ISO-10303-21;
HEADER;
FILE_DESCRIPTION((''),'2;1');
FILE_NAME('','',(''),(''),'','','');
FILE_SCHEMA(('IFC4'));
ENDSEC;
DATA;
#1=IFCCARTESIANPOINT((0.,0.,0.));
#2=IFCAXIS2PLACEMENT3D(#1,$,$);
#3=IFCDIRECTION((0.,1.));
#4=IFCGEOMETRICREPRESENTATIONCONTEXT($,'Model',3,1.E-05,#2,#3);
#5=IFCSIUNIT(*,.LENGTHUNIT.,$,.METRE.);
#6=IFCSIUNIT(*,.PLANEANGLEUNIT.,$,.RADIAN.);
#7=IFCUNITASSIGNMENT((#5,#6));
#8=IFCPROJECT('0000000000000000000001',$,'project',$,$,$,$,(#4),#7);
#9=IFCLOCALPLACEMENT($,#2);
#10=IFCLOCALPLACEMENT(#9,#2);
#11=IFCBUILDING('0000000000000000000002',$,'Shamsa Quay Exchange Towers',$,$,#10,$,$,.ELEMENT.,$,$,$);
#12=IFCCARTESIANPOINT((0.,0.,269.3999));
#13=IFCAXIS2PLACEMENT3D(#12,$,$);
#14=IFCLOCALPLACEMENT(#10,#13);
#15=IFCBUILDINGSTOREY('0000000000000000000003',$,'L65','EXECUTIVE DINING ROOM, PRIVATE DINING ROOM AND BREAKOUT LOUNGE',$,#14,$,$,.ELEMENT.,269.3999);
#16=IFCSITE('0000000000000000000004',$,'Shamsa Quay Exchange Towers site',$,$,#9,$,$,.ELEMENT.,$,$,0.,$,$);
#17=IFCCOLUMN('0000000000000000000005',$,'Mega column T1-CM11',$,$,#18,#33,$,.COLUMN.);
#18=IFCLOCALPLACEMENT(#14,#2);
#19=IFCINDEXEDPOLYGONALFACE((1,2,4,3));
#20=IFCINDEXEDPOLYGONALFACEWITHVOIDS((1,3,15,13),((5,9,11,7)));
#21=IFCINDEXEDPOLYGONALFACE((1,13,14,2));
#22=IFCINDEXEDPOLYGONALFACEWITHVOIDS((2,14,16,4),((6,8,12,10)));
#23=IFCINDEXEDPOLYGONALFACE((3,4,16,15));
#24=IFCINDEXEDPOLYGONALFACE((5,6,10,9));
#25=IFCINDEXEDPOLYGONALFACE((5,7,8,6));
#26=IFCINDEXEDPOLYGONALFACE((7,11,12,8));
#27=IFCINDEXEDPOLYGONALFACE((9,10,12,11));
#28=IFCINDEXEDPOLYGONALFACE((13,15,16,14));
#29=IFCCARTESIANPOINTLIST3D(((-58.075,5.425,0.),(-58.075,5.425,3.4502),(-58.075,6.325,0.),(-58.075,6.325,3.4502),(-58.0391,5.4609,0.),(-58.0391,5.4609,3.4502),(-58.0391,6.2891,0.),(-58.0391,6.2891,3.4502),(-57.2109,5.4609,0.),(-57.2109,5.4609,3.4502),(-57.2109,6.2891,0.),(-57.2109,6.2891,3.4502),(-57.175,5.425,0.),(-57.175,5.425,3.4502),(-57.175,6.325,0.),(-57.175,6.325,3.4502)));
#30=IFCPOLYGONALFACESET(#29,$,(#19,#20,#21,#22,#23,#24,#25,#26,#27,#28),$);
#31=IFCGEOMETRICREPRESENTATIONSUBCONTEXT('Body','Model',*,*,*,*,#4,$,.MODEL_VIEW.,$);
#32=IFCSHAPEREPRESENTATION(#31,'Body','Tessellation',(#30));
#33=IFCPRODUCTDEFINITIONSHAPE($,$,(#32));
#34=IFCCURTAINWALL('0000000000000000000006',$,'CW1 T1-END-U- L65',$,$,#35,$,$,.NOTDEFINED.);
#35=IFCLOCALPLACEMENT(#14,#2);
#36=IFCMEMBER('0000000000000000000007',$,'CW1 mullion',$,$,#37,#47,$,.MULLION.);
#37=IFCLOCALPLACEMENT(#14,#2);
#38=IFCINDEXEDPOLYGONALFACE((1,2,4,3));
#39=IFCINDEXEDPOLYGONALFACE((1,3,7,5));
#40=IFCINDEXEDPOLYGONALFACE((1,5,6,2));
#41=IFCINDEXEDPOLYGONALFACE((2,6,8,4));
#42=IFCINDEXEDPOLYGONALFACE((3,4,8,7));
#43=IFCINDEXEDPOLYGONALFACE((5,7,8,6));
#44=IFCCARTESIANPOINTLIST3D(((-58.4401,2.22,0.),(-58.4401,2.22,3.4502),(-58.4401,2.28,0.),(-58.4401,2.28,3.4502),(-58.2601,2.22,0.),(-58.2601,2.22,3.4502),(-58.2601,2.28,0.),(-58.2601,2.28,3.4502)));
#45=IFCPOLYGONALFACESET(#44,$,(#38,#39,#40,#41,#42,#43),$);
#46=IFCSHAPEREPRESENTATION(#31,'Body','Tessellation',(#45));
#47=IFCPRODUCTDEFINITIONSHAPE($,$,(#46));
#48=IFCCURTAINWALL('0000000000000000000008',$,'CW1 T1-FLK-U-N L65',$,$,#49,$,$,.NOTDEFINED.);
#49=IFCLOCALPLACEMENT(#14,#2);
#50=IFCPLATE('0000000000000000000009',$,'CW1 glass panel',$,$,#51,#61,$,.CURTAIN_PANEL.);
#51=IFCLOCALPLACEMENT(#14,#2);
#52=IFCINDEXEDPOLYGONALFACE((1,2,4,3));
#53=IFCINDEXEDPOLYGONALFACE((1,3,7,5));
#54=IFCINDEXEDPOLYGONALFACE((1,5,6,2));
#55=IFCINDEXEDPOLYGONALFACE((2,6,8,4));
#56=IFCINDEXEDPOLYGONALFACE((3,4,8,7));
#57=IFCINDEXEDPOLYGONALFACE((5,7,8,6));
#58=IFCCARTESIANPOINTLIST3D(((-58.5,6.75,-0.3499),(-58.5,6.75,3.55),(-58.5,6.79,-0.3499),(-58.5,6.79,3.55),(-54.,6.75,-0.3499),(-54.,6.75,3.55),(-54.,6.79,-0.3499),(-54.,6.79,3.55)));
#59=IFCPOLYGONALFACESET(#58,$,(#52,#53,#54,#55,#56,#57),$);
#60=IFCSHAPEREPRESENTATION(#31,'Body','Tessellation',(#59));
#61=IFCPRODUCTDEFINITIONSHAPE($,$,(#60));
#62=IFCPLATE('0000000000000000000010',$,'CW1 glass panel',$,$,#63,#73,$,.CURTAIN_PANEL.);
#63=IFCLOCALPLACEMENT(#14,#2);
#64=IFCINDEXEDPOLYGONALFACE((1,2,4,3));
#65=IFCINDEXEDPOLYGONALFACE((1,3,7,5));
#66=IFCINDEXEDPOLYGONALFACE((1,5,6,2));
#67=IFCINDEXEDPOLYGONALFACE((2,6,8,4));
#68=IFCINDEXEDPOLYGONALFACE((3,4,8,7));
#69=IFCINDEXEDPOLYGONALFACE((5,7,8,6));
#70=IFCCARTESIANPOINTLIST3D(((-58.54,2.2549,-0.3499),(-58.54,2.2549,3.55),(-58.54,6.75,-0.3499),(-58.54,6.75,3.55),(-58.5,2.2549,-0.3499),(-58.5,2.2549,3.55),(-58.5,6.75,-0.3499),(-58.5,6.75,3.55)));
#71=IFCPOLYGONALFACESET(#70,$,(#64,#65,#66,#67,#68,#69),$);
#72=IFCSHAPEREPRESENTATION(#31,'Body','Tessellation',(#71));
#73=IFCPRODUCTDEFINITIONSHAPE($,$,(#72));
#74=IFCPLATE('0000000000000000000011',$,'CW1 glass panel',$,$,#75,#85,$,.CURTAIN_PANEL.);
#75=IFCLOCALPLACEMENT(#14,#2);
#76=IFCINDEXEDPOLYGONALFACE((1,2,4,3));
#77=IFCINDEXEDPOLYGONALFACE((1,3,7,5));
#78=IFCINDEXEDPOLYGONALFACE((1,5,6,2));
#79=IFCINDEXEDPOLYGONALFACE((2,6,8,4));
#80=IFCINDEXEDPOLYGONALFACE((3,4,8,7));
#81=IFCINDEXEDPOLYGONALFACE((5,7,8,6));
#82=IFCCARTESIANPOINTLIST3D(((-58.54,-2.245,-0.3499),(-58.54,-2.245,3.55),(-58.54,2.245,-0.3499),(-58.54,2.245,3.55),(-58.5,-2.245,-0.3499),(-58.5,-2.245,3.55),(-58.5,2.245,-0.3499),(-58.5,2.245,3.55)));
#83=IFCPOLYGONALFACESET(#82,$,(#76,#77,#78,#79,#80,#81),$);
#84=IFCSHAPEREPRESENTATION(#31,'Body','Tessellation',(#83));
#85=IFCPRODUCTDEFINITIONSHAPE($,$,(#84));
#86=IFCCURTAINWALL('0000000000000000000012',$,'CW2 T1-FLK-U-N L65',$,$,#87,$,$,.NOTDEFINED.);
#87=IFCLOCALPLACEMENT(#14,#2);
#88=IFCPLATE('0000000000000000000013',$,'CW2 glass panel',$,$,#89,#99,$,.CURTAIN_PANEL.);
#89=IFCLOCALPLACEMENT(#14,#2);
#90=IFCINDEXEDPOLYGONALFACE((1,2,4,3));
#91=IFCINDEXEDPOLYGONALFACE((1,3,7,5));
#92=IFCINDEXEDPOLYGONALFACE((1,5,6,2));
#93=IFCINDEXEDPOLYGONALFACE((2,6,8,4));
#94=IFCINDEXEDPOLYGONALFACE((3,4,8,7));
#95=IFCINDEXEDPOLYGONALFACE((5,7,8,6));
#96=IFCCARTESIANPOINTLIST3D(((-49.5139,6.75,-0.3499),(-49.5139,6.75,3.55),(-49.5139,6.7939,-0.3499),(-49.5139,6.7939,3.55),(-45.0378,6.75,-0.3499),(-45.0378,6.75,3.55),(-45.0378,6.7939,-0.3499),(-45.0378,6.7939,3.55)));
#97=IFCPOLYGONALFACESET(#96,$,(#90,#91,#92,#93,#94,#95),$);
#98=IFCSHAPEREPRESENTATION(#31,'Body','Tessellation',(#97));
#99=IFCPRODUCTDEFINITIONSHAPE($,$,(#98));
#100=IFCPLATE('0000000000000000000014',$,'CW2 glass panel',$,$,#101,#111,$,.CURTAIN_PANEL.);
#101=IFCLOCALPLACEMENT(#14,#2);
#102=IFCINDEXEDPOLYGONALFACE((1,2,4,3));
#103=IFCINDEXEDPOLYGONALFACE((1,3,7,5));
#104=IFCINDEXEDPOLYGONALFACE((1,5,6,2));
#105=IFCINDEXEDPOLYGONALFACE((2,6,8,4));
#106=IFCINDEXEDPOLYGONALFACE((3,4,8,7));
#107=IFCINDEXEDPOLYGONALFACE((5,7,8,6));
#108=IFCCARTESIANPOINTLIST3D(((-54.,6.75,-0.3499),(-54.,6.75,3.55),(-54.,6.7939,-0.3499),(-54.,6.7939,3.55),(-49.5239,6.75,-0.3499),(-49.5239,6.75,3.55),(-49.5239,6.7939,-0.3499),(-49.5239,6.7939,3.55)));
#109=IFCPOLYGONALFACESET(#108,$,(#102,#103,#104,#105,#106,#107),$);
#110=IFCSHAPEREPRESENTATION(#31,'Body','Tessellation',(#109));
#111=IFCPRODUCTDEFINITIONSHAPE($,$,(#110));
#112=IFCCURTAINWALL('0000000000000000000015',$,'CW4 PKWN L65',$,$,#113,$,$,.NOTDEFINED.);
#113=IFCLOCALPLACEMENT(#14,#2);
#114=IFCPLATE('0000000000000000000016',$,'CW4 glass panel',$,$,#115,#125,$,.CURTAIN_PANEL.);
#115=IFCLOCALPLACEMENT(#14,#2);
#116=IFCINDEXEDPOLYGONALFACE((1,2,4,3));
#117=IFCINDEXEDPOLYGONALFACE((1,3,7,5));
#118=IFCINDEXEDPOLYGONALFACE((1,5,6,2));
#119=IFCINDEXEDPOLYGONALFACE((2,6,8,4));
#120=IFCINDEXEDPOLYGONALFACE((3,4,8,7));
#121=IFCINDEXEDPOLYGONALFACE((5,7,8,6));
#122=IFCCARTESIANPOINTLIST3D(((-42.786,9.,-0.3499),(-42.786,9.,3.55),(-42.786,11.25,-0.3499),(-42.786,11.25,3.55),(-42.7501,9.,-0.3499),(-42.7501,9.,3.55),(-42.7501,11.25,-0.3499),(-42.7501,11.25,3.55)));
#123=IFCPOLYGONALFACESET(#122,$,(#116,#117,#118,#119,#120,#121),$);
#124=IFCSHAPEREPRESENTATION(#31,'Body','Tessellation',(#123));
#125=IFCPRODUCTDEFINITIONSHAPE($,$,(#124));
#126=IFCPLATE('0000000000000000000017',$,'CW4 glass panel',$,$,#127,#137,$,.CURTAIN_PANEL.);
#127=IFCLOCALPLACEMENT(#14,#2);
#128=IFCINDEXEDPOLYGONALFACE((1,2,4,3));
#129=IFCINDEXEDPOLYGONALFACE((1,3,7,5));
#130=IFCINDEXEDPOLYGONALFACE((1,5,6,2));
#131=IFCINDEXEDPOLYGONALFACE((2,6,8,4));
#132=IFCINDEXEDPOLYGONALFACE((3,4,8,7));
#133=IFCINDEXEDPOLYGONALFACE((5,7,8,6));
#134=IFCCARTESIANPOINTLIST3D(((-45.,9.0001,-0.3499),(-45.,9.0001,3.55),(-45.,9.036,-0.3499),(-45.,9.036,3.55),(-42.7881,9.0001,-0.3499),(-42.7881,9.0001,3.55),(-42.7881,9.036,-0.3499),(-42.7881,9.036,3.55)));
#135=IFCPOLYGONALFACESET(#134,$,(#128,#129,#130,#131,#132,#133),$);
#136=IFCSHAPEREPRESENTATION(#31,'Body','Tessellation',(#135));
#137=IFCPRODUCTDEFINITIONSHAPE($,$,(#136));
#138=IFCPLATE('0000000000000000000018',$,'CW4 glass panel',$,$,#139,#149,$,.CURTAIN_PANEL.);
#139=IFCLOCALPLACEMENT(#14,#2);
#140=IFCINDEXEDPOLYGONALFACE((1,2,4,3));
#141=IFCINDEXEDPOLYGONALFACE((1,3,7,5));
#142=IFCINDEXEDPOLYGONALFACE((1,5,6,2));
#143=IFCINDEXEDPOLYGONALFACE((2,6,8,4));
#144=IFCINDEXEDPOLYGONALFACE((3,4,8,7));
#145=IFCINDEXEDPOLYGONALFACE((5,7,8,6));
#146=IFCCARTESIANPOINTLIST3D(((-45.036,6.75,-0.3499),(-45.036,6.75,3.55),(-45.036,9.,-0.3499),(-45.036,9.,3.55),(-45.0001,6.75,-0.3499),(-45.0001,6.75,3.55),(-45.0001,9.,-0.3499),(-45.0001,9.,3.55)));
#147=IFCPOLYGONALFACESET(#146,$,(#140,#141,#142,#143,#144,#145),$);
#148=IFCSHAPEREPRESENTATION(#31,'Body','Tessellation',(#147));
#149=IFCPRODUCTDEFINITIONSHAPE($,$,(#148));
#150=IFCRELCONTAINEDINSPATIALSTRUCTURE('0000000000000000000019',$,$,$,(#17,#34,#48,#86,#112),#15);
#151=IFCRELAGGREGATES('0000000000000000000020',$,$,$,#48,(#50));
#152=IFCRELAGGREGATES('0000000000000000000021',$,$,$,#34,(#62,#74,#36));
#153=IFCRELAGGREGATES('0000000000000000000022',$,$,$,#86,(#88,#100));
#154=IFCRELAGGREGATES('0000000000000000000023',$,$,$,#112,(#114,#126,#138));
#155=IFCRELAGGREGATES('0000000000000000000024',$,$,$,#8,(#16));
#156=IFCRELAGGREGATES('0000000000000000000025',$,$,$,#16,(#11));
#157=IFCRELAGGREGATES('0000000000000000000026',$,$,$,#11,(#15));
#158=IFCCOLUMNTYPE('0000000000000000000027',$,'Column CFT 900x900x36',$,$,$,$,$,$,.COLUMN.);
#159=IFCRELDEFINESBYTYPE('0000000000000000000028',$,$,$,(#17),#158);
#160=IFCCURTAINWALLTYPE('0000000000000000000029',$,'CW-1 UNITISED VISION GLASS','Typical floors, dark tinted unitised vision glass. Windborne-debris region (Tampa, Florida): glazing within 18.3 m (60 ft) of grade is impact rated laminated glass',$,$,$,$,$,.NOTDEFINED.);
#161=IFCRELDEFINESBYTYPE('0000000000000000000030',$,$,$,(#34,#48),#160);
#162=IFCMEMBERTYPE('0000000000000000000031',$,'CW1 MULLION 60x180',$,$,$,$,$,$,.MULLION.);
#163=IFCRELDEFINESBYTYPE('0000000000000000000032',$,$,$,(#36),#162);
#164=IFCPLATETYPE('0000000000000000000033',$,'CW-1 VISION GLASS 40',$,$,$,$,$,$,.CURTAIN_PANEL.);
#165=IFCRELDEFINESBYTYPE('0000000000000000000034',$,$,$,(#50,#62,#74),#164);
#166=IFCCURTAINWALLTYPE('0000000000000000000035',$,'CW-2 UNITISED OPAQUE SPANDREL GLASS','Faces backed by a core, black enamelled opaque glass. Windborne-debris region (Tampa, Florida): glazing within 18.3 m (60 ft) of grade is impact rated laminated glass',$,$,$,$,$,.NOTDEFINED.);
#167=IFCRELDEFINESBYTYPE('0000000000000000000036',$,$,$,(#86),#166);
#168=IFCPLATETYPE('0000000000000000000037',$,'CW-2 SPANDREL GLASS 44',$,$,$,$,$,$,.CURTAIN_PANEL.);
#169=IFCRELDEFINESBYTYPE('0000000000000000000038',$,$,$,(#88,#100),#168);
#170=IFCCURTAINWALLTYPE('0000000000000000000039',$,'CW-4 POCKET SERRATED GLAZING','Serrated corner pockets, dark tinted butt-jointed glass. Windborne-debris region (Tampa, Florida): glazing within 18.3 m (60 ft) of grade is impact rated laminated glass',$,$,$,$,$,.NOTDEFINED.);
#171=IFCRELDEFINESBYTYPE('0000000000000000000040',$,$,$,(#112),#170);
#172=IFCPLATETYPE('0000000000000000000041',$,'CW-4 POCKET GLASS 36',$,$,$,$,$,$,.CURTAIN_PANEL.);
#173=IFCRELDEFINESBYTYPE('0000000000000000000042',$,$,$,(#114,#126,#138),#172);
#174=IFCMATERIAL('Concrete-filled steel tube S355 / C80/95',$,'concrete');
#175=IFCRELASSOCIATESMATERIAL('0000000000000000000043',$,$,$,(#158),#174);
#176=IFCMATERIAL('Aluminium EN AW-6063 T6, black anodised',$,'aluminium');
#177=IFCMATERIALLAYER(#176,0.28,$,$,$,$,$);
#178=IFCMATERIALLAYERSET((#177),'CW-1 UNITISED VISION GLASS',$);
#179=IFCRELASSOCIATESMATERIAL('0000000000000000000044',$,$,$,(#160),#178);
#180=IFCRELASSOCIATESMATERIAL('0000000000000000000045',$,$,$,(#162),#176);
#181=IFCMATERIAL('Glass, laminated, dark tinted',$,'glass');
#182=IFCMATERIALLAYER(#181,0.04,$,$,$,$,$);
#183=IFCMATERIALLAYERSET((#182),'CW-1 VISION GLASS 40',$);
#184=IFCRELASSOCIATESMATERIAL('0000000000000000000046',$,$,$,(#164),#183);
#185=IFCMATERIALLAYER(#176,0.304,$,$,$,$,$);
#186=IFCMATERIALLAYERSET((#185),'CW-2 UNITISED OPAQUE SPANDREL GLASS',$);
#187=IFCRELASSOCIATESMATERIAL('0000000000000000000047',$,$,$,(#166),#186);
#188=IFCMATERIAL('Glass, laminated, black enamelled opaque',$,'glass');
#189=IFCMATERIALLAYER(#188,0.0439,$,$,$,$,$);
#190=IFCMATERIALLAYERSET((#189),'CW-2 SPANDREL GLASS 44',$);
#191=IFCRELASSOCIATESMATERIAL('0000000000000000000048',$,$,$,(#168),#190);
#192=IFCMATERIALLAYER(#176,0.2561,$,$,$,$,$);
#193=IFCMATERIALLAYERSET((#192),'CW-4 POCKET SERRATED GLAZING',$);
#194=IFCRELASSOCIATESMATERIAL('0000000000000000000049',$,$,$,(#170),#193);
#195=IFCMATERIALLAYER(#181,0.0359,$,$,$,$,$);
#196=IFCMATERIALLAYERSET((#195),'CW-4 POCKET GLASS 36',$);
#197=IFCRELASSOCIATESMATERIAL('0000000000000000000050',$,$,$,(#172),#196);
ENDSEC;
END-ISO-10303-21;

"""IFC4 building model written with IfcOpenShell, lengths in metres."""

from ifc_helpers import new_model, si_unit, direction, frame, origin, origin_2d, place, context, subcontext, project, spatial, rectangle, hollow_rectangle, extrude, material, layer, layer_set, material_profile, profile_set, type_object, element, aggregate, save


model = new_model("IFC4")

# Units and contexts
model_context = context("Model", 3, precision=1e-05, world=origin(), true_north=direction((0.0, 1.0)))
body_context = subcontext(model_context, "Body", "Model", "MODEL_VIEW")
ifc_project = project(units=[si_unit("LENGTHUNIT", "METRE"), si_unit("PLANEANGLEUNIT", "RADIAN")], contexts=[model_context])

# Site, building, storey
site_placement = place(None, origin())
site = spatial("IfcSite", under=ifc_project, at=site_placement, Name="Shamsa Quay Exchange Towers site", CompositionType="ELEMENT", RefElevation=0.0)
building_placement = place(site_placement, origin())
building = spatial("IfcBuilding", under=site, at=building_placement, Name="Shamsa Quay Exchange Towers", CompositionType="ELEMENT")
storey_placement = place(building_placement, frame((0.0, 0.0, 269.3999)))
storey = spatial("IfcBuildingStorey", under=building, at=storey_placement, Name="L65", Description="EXECUTIVE DINING ROOM, PRIVATE DINING ROOM AND BREAKOUT LOUNGE", CompositionType="ELEMENT", Elevation=269.3999)

# Column
ifc_material_1 = material(Name="Concrete-filled steel tube S355 / C80/95", Category="concrete")
ifc_material_profile_1 = material_profile(ifc_material_1, hollow_rectangle(XDim=0.8999, YDim=0.8999, WallThickness=0.0359, at=origin_2d()), Name="CFT 900x900x36")
ifc_profile_set_1 = profile_set([ifc_material_profile_1], Name="Concrete-filled steel tube S355 / C80/95")
column_type = type_object("IfcColumnType", Name="Column CFT 900x900x36", PredefinedType="COLUMN", material=ifc_profile_set_1)
column_placement = place(storey_placement, frame((-57.625, 5.875, 0.0)))
element("IfcColumn", 1, at=column_placement, inside=storey, type_object=column_type, Name="Mega column T1-CM11", PredefinedType="COLUMN", context=body_context, shape_type="SweptSolid", body=[
    extrude(hollow_rectangle(XDim=0.8999, YDim=0.8999, WallThickness=0.0359, at=origin_2d()), origin(), (0.0, 0.0, 1.0), 3.4502),
])

# Curtain wall, member
ifc_material_2 = material(Name="Aluminium EN AW-6063 T6, black anodised", Category="aluminium")
ifc_layer_1 = layer(ifc_material_2, 0.28)
ifc_layer_set_1 = layer_set([ifc_layer_1], Name="CW-1 UNITISED VISION GLASS")
curtain_wall_type_1 = type_object("IfcCurtainWallType", Name="CW-1 UNITISED VISION GLASS", Description="Typical floors, dark tinted unitised vision glass. Windborne-debris region (Tampa, Florida): glazing within 18.3 m (60 ft) of grade is impact rated laminated glass", PredefinedType="NOTDEFINED", material=ifc_layer_set_1)
curtain_wall_1_placement = place(storey_placement, origin())
curtain_wall_1 = element("IfcCurtainWall", 2, at=curtain_wall_1_placement, inside=storey, type_object=curtain_wall_type_1, Name="CW1 T1-END-U- L65", PredefinedType="NOTDEFINED")
ifc_material_profile_2 = material_profile(ifc_material_2, rectangle(XDim=0.1799, YDim=0.0601, at=origin_2d()), Name="MU60x180")
ifc_profile_set_2 = profile_set([ifc_material_profile_2], Name="Aluminium EN AW-6063 T6, black anodised")
member_type = type_object("IfcMemberType", Name="CW1 MULLION 60x180", PredefinedType="MULLION", material=ifc_profile_set_2)
member_placement = place(storey_placement, frame((-58.3501, 2.25, 0.0)))
member = element("IfcMember", 3, at=member_placement, type_object=member_type, Name="CW1 mullion", PredefinedType="MULLION", context=body_context, shape_type="SweptSolid", body=[
    extrude(rectangle(XDim=0.1799, YDim=0.0601, at=origin_2d()), origin(), (0.0, 0.0, 1.0), 3.4502),
])

# Curtain wall, plate
curtain_wall_2_placement = place(storey_placement, origin())
curtain_wall_2 = element("IfcCurtainWall", 4, at=curtain_wall_2_placement, inside=storey, type_object=curtain_wall_type_1, Name="CW1 T1-FLK-U-N L65", PredefinedType="NOTDEFINED")
ifc_material_3 = material(Name="Glass, laminated, dark tinted", Category="glass")
ifc_layer_2 = layer(ifc_material_3, 0.04)
ifc_layer_set_2 = layer_set([ifc_layer_2], Name="CW-1 VISION GLASS 40")
plate_type_1 = type_object("IfcPlateType", Name="CW-1 VISION GLASS 40", PredefinedType="CURTAIN_PANEL", material=ifc_layer_set_2)
plate_1_placement = place(storey_placement, frame((-56.25, 6.77, -0.3499), z_axis=(0.0, 0.0, 1.0), x_axis=(-1.0, 0.0, 0.0)))
plate_1 = element("IfcPlate", 5, at=plate_1_placement, type_object=plate_type_1, Name="CW1 glass panel", PredefinedType="CURTAIN_PANEL", context=body_context, shape_type="SweptSolid", body=[
    extrude(rectangle(XDim=4.5, YDim=0.04, at=origin_2d()), origin(), (0.0, 0.0, 1.0), 3.8999),
])
aggregate(curtain_wall_2, [plate_1])

# Plates
plate_2_placement = place(storey_placement, frame((-58.52, 4.5024, -0.3499), z_axis=(0.0, 0.0, 1.0), x_axis=(0.0, -1.0, 0.0)))
plate_2 = element("IfcPlate", 6, at=plate_2_placement, type_object=plate_type_1, Name="CW1 glass panel", PredefinedType="CURTAIN_PANEL", context=body_context, shape_type="SweptSolid", body=[
    extrude(rectangle(XDim=4.4951, YDim=0.04, at=origin_2d()), origin(), (0.0, 0.0, 1.0), 3.8999),
])
plate_3_placement = place(storey_placement, frame((-58.52, 0.0, -0.3499), z_axis=(0.0, 0.0, 1.0), x_axis=(0.0, -1.0, 0.0)))
plate_3 = element("IfcPlate", 7, at=plate_3_placement, type_object=plate_type_1, Name="CW1 glass panel", PredefinedType="CURTAIN_PANEL", context=body_context, shape_type="SweptSolid", body=[
    extrude(rectangle(XDim=4.49, YDim=0.04, at=origin_2d()), origin(), (0.0, 0.0, 1.0), 3.8999),
])
aggregate(curtain_wall_1, [plate_2, plate_3, member])

# Curtain walls, plates
ifc_layer_3 = layer(ifc_material_2, 0.304)
ifc_layer_set_3 = layer_set([ifc_layer_3], Name="CW-2 UNITISED OPAQUE SPANDREL GLASS")
curtain_wall_type_2 = type_object("IfcCurtainWallType", Name="CW-2 UNITISED OPAQUE SPANDREL GLASS", Description="Faces backed by a core, black enamelled opaque glass. Windborne-debris region (Tampa, Florida): glazing within 18.3 m (60 ft) of grade is impact rated laminated glass", PredefinedType="NOTDEFINED", material=ifc_layer_set_3)
curtain_wall_3_placement = place(storey_placement, origin())
curtain_wall_3 = element("IfcCurtainWall", 8, at=curtain_wall_3_placement, inside=storey, type_object=curtain_wall_type_2, Name="CW2 T1-FLK-U-N L65", PredefinedType="NOTDEFINED")
ifc_material_4 = material(Name="Glass, laminated, black enamelled opaque", Category="glass")
ifc_layer_4 = layer(ifc_material_4, 0.0439)
ifc_layer_set_4 = layer_set([ifc_layer_4], Name="CW-2 SPANDREL GLASS 44")
plate_type_2 = type_object("IfcPlateType", Name="CW-2 SPANDREL GLASS 44", PredefinedType="CURTAIN_PANEL", material=ifc_layer_set_4)
plate_4_placement = place(storey_placement, frame((-47.2759, 6.772, -0.3499), z_axis=(0.0, 0.0, 1.0), x_axis=(-1.0, 0.0, 0.0)))
plate_4 = element("IfcPlate", 9, at=plate_4_placement, type_object=plate_type_2, Name="CW2 glass panel", PredefinedType="CURTAIN_PANEL", context=body_context, shape_type="SweptSolid", body=[
    extrude(rectangle(XDim=4.4761, YDim=0.0439, at=origin_2d()), origin(), (0.0, 0.0, 1.0), 3.8999),
])
plate_5_placement = place(storey_placement, frame((-51.762, 6.772, -0.3499), z_axis=(0.0, 0.0, 1.0), x_axis=(-1.0, 0.0, 0.0)))
plate_5 = element("IfcPlate", 10, at=plate_5_placement, type_object=plate_type_2, Name="CW2 glass panel", PredefinedType="CURTAIN_PANEL", context=body_context, shape_type="SweptSolid", body=[
    extrude(rectangle(XDim=4.4761, YDim=0.0439, at=origin_2d()), origin(), (0.0, 0.0, 1.0), 3.8999),
])
aggregate(curtain_wall_3, [plate_4, plate_5])
ifc_layer_5 = layer(ifc_material_2, 0.2561)
ifc_layer_set_5 = layer_set([ifc_layer_5], Name="CW-4 POCKET SERRATED GLAZING")
curtain_wall_type_3 = type_object("IfcCurtainWallType", Name="CW-4 POCKET SERRATED GLAZING", Description="Serrated corner pockets, dark tinted butt-jointed glass. Windborne-debris region (Tampa, Florida): glazing within 18.3 m (60 ft) of grade is impact rated laminated glass", PredefinedType="NOTDEFINED", material=ifc_layer_set_5)
curtain_wall_4_placement = place(storey_placement, origin())
curtain_wall_4 = element("IfcCurtainWall", 11, at=curtain_wall_4_placement, inside=storey, type_object=curtain_wall_type_3, Name="CW4 PKWN L65", PredefinedType="NOTDEFINED")
ifc_layer_6 = layer(ifc_material_3, 0.0359)
ifc_layer_set_6 = layer_set([ifc_layer_6], Name="CW-4 POCKET GLASS 36")
plate_type_3 = type_object("IfcPlateType", Name="CW-4 POCKET GLASS 36", PredefinedType="CURTAIN_PANEL", material=ifc_layer_set_6)
plate_6_placement = place(storey_placement, frame((-42.7681, 10.125, -0.3499), z_axis=(0.0, 0.0, 1.0), x_axis=(0.0, -1.0, 0.0)))
plate_6 = element("IfcPlate", 12, at=plate_6_placement, type_object=plate_type_3, Name="CW4 glass panel", PredefinedType="CURTAIN_PANEL", context=body_context, shape_type="SweptSolid", body=[
    extrude(rectangle(XDim=2.25, YDim=0.0359, at=origin_2d()), origin(), (0.0, 0.0, 1.0), 3.8999),
])
plate_7_placement = place(storey_placement, frame((-43.894, 9.0181, -0.3499), z_axis=(0.0, 0.0, 1.0), x_axis=(-1.0, 0.0, 0.0)))
plate_7 = element("IfcPlate", 13, at=plate_7_placement, type_object=plate_type_3, Name="CW4 glass panel", PredefinedType="CURTAIN_PANEL", context=body_context, shape_type="SweptSolid", body=[
    extrude(rectangle(XDim=2.2119, YDim=0.0359, at=origin_2d()), origin(), (0.0, 0.0, 1.0), 3.8999),
])
plate_8_placement = place(storey_placement, frame((-45.0181, 7.875, -0.3499), z_axis=(0.0, 0.0, 1.0), x_axis=(0.0, -1.0, 0.0)))
plate_8 = element("IfcPlate", 14, at=plate_8_placement, type_object=plate_type_3, Name="CW4 glass panel", PredefinedType="CURTAIN_PANEL", context=body_context, shape_type="SweptSolid", body=[
    extrude(rectangle(XDim=2.25, YDim=0.0359, at=origin_2d()), origin(), (0.0, 0.0, 1.0), 3.8999),
])
aggregate(curtain_wall_4, [plate_6, plate_7, plate_8])

save(model, "model.ifc")
